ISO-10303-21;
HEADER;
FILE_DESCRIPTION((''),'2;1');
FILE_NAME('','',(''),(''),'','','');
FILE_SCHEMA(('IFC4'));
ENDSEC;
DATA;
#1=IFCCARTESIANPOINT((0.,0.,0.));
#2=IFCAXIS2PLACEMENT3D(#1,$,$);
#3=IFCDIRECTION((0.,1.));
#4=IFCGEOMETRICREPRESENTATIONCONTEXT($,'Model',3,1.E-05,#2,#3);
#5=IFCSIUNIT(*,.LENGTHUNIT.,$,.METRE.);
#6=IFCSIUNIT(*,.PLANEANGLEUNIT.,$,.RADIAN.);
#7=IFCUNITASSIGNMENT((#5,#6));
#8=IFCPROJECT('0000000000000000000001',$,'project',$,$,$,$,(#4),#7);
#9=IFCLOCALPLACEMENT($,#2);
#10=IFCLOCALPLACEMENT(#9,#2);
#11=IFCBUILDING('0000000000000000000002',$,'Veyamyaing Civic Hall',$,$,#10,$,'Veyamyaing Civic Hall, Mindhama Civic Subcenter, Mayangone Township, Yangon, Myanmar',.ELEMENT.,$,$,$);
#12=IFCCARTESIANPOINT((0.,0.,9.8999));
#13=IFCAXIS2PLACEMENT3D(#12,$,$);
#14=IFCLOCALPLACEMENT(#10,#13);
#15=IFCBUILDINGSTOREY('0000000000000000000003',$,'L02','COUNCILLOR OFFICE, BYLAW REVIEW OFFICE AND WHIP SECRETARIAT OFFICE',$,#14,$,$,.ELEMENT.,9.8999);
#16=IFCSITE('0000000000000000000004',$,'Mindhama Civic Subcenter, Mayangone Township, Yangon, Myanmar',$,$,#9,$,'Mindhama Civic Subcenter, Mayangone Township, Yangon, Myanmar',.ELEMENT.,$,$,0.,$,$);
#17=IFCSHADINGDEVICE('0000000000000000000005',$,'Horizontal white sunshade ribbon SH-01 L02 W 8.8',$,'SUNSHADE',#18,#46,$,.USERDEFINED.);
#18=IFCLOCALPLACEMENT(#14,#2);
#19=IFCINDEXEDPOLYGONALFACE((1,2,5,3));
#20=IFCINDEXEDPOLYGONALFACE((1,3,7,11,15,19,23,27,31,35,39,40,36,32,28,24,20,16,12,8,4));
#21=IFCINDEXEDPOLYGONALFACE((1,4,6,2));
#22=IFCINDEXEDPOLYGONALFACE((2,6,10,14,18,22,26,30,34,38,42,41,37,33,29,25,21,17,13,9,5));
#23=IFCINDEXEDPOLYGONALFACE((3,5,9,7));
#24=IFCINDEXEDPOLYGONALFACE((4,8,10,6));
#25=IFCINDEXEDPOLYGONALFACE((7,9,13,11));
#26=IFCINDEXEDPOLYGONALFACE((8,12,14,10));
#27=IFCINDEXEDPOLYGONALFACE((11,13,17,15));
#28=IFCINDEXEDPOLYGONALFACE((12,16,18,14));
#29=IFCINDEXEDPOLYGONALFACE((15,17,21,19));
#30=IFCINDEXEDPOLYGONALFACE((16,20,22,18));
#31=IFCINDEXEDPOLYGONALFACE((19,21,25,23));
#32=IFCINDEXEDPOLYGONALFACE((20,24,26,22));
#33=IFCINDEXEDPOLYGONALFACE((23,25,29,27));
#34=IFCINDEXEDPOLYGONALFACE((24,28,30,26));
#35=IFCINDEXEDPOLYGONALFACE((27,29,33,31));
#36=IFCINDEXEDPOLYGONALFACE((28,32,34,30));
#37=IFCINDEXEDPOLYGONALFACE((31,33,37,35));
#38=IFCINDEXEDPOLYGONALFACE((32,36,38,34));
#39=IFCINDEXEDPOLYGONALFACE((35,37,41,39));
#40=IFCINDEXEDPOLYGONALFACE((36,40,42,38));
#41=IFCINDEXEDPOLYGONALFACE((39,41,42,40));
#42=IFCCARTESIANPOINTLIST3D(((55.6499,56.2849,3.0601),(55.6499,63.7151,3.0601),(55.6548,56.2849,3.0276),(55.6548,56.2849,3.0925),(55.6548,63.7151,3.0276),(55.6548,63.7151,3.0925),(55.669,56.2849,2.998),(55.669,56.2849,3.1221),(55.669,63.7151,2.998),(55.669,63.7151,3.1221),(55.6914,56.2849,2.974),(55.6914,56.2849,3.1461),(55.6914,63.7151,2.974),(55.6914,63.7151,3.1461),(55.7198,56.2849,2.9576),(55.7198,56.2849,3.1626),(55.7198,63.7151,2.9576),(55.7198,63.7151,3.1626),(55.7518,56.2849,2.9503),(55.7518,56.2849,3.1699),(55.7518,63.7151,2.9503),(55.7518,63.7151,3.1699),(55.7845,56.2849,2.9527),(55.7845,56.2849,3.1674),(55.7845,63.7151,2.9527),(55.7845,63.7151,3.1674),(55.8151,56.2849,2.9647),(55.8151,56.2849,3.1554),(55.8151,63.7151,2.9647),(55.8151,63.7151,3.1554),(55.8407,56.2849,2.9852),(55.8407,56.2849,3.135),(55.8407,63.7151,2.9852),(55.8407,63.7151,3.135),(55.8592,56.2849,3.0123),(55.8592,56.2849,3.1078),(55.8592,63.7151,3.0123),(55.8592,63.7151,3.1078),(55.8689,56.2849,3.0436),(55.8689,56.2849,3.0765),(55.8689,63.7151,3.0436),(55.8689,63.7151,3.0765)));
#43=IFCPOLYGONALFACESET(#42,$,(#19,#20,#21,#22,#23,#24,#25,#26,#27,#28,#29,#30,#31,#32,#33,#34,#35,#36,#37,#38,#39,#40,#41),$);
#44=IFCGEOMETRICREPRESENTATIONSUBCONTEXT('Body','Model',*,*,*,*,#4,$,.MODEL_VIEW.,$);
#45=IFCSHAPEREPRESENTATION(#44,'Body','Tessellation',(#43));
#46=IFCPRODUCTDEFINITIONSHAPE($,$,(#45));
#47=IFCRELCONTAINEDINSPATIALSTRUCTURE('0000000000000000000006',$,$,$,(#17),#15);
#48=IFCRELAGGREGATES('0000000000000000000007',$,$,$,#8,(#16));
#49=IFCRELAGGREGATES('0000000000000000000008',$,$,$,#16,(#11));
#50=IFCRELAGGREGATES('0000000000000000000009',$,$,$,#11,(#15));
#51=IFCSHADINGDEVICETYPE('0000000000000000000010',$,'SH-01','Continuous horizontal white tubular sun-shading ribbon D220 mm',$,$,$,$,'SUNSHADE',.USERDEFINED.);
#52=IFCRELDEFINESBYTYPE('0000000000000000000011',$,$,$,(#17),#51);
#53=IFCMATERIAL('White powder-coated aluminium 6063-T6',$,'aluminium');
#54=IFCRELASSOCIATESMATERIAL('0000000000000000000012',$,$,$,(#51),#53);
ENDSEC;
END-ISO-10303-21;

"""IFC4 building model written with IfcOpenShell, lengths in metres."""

from ifc_helpers import new_model, si_unit, direction, frame, origin, origin_2d, place, context, subcontext, project, spatial, circle, extrude, material, material_profile, profile_set, type_object, element, save


model = new_model("IFC4")

# Units and contexts
model_context = context("Model", 3, precision=1e-05, world=origin(), true_north=direction((0.0, 1.0)))
body_context = subcontext(model_context, "Body", "Model", "MODEL_VIEW")
ifc_project = project(units=[si_unit("LENGTHUNIT", "METRE"), si_unit("PLANEANGLEUNIT", "RADIAN")], contexts=[model_context])

# Site, building, storey
site_placement = place(None, origin())
site = spatial("IfcSite", under=ifc_project, at=site_placement, Name="Mindhama Civic Subcenter, Mayangone Township, Yangon, Myanmar", LongName="Mindhama Civic Subcenter, Mayangone Township, Yangon, Myanmar", CompositionType="ELEMENT", RefElevation=0.0)
building_placement = place(site_placement, origin())
building = spatial("IfcBuilding", under=site, at=building_placement, Name="Veyamyaing Civic Hall", LongName="Veyamyaing Civic Hall, Mindhama Civic Subcenter, Mayangone Township, Yangon, Myanmar", CompositionType="ELEMENT")
storey_placement = place(building_placement, frame((0.0, 0.0, 9.8999)))
storey = spatial("IfcBuildingStorey", under=building, at=storey_placement, Name="L02", Description="COUNCILLOR OFFICE, BYLAW REVIEW OFFICE AND WHIP SECRETARIAT OFFICE", CompositionType="ELEMENT", Elevation=9.8999)

# Shared definitions
ifc_material_1 = material(Name="White powder-coated aluminium 6063-T6", Category="aluminium")

# Shading device
ifc_material_profile_1 = material_profile(ifc_material_1, circle(Radius=0.1101, at=origin_2d()), Name="SHADE-TUBE-220")
ifc_profile_set_1 = profile_set([ifc_material_profile_1], Name="White powder-coated aluminium 6063-T6")
shading_device_type = type_object("IfcShadingDeviceType", Name="SH-01", Description="Continuous horizontal white tubular sun-shading ribbon D220 mm", ElementType="SUNSHADE", PredefinedType="USERDEFINED", material=ifc_profile_set_1)
shading_device_placement = place(storey_placement, frame((55.76, 56.2849, 3.0601), z_axis=(0.0, 1.0, 0.0), x_axis=(-1.0, 0.0, 0.0)))
element("IfcShadingDevice", 1, at=shading_device_placement, inside=storey, type_object=shading_device_type, Name="Horizontal white sunshade ribbon SH-01 L02 W 8.8", ObjectType="SUNSHADE", PredefinedType="USERDEFINED", context=body_context, shape_type="SweptSolid", body=[
    extrude(circle(Radius=0.1101, at=origin_2d()), origin(), (0.0, 0.0, 1.0), 7.4302),
])

save(model, "model.ifc")
